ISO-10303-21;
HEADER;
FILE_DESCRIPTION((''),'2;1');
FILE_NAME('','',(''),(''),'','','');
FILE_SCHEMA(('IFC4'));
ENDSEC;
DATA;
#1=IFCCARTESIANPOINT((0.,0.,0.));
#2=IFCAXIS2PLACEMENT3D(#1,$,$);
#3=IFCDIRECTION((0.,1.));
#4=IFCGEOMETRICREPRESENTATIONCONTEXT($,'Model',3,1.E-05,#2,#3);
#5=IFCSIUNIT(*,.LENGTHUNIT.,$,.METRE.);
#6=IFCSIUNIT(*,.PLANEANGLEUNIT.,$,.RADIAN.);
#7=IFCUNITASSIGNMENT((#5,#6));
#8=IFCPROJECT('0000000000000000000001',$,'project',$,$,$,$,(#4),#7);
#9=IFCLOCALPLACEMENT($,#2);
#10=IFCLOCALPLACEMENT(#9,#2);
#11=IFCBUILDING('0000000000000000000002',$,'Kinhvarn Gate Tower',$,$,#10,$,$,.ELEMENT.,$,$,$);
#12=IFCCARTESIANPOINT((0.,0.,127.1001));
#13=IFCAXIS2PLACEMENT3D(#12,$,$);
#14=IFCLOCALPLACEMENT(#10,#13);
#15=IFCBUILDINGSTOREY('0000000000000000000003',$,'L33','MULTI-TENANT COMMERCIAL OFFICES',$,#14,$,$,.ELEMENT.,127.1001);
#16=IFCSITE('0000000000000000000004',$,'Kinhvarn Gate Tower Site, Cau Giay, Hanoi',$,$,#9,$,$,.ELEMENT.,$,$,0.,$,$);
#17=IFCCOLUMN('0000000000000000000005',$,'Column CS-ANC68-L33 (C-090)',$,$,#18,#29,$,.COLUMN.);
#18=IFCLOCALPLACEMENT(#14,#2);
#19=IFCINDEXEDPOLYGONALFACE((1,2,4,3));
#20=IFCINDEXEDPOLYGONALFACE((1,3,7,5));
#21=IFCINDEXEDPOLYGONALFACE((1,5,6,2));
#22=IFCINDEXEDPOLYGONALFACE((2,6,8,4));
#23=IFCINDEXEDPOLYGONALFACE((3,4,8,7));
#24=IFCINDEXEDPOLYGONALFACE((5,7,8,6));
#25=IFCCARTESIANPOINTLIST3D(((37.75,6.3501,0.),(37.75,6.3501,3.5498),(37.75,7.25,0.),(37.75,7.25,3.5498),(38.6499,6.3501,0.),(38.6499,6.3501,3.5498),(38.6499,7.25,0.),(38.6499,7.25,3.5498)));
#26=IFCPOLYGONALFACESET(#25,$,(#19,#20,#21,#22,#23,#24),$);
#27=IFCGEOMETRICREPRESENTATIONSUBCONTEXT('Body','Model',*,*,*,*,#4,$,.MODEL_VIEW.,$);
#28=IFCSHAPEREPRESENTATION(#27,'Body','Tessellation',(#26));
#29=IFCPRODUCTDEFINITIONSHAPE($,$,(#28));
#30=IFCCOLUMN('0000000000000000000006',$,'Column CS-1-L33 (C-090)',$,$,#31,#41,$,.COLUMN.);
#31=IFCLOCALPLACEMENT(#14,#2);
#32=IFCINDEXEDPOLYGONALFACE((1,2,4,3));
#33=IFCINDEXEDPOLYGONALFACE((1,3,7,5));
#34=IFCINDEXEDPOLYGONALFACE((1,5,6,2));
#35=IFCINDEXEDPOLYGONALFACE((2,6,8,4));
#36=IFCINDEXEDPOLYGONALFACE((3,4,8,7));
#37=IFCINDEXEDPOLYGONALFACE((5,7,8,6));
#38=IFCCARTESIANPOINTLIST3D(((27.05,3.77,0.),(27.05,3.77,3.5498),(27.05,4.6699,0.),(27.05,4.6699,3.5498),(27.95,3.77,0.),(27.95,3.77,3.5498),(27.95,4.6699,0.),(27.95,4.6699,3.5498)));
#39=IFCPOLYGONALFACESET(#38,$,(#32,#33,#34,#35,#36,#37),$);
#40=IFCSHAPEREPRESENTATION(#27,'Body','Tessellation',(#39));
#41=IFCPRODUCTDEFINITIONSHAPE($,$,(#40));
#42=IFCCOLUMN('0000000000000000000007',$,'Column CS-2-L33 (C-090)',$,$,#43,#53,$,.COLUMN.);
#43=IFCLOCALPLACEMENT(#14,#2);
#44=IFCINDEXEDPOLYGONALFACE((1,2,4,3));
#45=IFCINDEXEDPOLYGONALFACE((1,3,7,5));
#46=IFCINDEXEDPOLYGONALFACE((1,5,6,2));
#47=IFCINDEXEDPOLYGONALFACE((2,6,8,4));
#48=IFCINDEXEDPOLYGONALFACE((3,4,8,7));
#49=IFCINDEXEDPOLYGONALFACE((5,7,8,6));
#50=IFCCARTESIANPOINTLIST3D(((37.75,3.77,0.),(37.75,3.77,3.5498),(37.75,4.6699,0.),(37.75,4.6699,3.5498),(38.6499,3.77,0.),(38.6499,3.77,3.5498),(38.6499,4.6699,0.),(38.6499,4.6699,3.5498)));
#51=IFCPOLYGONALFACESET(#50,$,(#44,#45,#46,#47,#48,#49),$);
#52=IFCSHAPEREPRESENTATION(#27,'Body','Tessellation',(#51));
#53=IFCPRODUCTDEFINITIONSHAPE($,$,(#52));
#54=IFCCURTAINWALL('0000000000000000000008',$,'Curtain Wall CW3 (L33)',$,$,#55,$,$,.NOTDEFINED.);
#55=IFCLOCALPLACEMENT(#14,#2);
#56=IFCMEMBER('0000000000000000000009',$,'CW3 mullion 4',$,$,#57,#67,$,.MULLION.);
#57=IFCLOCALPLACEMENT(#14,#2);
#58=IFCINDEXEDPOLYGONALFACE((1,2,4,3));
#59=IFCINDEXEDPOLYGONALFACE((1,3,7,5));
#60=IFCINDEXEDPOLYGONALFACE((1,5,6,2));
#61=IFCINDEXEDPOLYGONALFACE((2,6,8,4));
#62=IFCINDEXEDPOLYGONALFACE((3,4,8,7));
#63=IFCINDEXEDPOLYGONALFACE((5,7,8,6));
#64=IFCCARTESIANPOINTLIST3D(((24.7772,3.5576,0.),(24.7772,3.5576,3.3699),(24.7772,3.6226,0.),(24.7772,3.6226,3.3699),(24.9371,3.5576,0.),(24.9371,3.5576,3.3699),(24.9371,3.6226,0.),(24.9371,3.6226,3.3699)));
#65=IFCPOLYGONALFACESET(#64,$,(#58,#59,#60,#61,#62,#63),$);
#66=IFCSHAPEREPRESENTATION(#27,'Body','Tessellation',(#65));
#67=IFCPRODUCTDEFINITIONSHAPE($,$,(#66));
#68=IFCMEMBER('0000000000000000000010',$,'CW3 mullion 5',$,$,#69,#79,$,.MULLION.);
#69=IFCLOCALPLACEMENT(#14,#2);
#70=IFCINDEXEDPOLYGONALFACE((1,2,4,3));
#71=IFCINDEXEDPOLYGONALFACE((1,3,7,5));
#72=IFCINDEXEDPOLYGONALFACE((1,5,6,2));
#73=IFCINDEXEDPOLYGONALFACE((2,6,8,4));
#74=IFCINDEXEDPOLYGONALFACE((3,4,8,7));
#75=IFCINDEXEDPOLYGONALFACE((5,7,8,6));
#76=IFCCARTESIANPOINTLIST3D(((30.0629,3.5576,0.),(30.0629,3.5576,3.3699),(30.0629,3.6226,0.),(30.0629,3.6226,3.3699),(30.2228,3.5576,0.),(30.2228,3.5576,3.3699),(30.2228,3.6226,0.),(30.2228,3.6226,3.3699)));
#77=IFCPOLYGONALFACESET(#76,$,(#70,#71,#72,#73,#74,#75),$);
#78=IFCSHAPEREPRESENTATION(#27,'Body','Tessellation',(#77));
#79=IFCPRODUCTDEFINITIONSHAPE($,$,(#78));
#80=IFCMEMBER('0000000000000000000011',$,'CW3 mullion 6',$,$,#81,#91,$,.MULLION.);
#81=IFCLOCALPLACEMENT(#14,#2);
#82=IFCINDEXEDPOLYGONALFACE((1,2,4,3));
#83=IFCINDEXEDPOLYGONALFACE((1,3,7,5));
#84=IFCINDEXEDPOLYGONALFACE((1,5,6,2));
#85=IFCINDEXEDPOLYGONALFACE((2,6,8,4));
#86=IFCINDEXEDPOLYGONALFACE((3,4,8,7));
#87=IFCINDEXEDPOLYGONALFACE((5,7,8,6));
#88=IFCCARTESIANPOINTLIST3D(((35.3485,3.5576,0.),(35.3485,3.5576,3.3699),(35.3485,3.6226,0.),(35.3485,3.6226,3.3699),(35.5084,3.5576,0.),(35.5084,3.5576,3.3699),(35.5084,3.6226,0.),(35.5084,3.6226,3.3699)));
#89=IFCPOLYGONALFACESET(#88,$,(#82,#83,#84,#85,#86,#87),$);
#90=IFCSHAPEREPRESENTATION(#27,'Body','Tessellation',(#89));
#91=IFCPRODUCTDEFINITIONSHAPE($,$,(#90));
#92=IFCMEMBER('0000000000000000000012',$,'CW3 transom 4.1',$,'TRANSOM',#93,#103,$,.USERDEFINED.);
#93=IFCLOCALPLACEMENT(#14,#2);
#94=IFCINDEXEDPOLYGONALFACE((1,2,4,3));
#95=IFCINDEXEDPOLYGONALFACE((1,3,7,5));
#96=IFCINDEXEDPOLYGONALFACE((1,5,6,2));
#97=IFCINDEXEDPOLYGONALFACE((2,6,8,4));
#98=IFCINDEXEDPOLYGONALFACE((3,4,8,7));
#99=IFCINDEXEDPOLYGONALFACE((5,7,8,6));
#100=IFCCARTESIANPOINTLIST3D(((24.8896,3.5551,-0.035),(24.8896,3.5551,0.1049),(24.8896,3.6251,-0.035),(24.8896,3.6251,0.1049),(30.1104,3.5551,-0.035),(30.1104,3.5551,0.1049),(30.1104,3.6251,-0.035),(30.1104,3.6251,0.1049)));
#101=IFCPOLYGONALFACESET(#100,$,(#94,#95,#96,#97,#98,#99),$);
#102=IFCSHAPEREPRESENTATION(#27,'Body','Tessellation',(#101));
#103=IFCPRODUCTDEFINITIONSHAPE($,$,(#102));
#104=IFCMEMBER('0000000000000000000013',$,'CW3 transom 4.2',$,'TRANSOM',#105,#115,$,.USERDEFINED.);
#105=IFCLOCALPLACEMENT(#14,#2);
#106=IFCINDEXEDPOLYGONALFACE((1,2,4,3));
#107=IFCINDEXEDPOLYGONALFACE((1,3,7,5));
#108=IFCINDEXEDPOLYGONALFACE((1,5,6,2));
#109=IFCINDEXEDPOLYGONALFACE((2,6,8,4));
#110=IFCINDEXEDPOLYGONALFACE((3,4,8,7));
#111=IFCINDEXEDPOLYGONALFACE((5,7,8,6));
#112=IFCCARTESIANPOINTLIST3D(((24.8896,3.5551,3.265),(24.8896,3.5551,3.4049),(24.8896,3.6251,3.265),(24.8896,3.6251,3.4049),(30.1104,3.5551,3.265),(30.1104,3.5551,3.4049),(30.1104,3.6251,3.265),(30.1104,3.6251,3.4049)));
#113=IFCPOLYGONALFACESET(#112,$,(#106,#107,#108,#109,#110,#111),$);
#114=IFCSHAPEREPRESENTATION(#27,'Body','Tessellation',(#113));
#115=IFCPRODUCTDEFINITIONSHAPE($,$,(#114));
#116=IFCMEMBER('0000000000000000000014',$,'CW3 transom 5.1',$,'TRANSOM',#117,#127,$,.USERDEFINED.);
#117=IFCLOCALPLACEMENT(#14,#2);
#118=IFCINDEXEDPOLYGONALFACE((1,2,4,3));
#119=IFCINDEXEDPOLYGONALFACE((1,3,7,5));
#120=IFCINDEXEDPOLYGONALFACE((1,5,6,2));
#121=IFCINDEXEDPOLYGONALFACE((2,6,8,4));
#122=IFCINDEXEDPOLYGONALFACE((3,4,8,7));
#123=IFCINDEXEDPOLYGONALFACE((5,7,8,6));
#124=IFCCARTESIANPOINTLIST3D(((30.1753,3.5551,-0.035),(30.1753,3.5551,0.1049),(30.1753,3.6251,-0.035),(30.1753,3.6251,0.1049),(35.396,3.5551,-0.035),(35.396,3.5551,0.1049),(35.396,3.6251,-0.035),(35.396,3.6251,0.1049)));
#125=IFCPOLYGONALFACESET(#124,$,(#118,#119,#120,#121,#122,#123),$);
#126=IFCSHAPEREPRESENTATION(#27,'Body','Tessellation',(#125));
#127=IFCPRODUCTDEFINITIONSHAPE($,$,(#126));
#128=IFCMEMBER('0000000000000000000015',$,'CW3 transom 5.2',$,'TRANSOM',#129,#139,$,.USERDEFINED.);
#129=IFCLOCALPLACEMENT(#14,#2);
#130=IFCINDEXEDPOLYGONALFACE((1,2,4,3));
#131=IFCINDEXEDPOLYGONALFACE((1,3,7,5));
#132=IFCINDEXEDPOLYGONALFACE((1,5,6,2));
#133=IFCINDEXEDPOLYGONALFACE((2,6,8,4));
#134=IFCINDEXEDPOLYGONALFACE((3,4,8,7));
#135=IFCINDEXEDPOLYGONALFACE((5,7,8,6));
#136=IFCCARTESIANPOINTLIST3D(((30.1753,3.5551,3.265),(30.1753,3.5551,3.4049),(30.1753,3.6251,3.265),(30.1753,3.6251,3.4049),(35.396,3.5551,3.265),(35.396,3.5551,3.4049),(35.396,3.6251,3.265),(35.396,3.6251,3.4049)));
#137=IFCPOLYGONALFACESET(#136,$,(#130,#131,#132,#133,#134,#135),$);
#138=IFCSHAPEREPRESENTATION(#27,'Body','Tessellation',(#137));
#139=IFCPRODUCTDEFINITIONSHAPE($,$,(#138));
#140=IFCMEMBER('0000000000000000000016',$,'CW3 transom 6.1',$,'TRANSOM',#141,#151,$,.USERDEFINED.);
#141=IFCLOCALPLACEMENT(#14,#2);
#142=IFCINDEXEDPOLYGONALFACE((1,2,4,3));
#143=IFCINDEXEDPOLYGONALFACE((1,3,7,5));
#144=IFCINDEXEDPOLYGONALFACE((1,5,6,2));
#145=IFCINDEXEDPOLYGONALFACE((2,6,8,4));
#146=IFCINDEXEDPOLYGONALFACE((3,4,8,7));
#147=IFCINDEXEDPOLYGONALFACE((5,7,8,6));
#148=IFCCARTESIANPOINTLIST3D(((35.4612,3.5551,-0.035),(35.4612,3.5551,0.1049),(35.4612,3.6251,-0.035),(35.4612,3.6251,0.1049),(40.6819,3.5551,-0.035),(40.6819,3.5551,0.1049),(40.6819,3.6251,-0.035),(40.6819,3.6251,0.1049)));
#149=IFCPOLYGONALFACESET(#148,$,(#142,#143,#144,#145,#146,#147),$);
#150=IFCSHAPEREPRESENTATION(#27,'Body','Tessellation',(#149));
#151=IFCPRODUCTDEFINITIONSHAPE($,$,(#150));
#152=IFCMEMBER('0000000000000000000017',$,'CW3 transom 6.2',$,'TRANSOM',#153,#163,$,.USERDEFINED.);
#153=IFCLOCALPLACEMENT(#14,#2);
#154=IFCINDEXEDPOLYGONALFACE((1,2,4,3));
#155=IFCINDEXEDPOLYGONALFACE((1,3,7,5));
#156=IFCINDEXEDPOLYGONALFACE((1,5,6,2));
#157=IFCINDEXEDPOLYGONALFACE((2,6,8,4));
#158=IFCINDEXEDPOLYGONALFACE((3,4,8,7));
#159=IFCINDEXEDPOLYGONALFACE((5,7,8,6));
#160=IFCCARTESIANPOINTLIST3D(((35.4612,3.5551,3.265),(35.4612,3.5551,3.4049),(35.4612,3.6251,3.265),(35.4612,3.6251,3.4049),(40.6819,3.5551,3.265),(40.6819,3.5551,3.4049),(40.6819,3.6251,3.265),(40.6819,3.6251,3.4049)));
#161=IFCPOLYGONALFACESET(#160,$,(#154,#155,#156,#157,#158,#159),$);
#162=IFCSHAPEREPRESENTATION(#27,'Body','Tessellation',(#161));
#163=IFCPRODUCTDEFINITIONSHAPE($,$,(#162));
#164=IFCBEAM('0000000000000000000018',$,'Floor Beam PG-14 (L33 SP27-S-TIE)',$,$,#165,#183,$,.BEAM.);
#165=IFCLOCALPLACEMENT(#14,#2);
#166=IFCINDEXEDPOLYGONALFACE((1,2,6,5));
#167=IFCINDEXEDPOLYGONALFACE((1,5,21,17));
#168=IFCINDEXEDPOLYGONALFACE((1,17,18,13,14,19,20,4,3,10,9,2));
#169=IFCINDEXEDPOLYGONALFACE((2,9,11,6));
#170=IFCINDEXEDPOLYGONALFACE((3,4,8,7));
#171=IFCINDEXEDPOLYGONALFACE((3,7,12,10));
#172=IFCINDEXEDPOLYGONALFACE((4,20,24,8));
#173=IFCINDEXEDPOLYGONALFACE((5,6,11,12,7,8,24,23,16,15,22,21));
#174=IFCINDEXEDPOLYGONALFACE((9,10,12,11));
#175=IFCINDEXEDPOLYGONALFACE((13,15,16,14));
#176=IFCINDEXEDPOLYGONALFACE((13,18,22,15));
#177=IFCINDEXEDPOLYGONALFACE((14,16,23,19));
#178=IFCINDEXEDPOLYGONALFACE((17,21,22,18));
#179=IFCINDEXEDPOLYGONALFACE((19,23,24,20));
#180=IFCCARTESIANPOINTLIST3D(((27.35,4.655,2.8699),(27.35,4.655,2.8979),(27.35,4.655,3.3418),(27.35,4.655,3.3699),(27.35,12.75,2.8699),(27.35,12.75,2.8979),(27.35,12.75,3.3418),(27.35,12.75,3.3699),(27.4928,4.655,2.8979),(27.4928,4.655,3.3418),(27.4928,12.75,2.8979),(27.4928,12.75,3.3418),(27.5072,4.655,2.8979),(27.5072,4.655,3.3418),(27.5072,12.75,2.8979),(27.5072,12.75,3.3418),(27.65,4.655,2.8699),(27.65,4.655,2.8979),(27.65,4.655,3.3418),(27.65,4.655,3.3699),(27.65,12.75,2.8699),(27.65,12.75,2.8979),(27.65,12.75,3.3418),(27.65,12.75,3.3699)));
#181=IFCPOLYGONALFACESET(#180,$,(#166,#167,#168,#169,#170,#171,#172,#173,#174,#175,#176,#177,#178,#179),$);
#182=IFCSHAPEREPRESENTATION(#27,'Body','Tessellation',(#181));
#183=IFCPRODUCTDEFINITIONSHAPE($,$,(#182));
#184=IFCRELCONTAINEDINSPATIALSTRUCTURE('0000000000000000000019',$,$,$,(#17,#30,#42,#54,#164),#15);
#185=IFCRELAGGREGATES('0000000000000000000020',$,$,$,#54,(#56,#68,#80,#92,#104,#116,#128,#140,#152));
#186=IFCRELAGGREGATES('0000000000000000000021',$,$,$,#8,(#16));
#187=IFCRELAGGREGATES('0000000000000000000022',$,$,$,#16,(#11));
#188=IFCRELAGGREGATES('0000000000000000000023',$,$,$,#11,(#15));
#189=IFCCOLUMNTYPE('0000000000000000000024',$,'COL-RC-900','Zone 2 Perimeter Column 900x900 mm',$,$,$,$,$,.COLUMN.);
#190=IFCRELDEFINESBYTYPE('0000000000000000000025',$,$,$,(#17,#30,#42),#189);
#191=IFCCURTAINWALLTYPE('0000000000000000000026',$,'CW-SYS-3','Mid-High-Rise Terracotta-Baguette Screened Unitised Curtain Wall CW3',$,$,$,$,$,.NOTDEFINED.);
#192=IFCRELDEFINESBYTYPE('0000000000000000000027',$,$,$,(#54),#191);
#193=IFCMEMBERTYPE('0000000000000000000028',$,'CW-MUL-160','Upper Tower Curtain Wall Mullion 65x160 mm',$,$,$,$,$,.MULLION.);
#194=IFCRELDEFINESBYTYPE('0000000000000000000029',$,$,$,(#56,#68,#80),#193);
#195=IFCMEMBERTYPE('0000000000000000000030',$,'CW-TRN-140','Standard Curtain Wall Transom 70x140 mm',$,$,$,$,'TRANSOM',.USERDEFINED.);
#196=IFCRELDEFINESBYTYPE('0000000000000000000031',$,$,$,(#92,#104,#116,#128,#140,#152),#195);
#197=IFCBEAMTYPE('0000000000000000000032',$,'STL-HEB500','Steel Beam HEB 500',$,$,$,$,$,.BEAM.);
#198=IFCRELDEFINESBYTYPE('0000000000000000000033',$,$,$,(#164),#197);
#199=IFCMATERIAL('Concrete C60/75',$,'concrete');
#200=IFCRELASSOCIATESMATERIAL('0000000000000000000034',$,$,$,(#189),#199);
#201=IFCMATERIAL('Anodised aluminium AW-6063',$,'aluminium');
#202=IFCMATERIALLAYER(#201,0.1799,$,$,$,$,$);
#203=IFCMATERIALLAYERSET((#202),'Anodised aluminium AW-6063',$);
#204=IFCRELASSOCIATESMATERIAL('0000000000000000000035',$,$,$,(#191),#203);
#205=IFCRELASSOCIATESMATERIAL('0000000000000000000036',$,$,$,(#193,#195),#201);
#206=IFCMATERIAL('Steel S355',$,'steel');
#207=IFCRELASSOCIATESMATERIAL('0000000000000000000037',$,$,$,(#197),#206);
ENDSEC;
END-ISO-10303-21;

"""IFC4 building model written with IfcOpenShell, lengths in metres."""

from ifc_helpers import new_model, si_unit, direction, frame, origin, origin_2d, place, context, subcontext, project, spatial, rectangle, i_section, extrude, material, layer, layer_set, material_profile, profile_set, type_object, element, aggregate, save


model = new_model("IFC4")

# Units and contexts
model_context = context("Model", 3, precision=1e-05, world=origin(), true_north=direction((0.0, 1.0)))
body_context = subcontext(model_context, "Body", "Model", "MODEL_VIEW")
ifc_project = project(units=[si_unit("LENGTHUNIT", "METRE"), si_unit("PLANEANGLEUNIT", "RADIAN")], contexts=[model_context])

# Site, building, storey
site_placement = place(None, origin())
site = spatial("IfcSite", under=ifc_project, at=site_placement, Name="Kinhvarn Gate Tower Site, Cau Giay, Hanoi", CompositionType="ELEMENT", RefElevation=0.0)
building_placement = place(site_placement, origin())
building = spatial("IfcBuilding", under=site, at=building_placement, Name="Kinhvarn Gate Tower", CompositionType="ELEMENT")
storey_placement = place(building_placement, frame((0.0, 0.0, 127.1001)))
storey = spatial("IfcBuildingStorey", under=building, at=storey_placement, Name="L33", Description="MULTI-TENANT COMMERCIAL OFFICES", CompositionType="ELEMENT", Elevation=127.1001)

# Columns
ifc_material_1 = material(Name="Concrete C60/75", Category="concrete")
ifc_material_profile_1 = material_profile(ifc_material_1, rectangle(XDim=0.8999, YDim=0.8999, at=origin_2d()), Name="RC 900x900")
ifc_profile_set_1 = profile_set([ifc_material_profile_1], Name="Concrete C60/75")
column_type = type_object("IfcColumnType", Name="COL-RC-900", Description="Zone 2 Perimeter Column 900x900 mm", PredefinedType="COLUMN", material=ifc_profile_set_1)
for number, where, z_axis, x_axis, name in (
    (1, (38.2, 6.8, 0.0), (0.0, 0.0, 1.0), (1.0, 0.0, 0.0), "Column CS-ANC68-L33 (C-090)"),
    (2, (27.5, 4.22, 0.0), (0.0, 0.0, 1.0), (1.0, 0.0, 0.0), "Column CS-1-L33 (C-090)"),
    (3, (38.2, 4.22, 0.0), (0.0, 0.0, 1.0), (1.0, 0.0, 0.0), "Column CS-2-L33 (C-090)"),
):
    element("IfcColumn", number, at=place(storey_placement, frame(where, z_axis=z_axis, x_axis=x_axis)), inside=storey, type_object=column_type, Name=name, PredefinedType="COLUMN", context=body_context, shape_type="SweptSolid", body=[
        extrude(rectangle(XDim=0.8999, YDim=0.8999, at=origin_2d()), origin(), (0.0, 0.0, 1.0), 3.5498),
    ])

# Curtain wall, members
ifc_material_2 = material(Name="Anodised aluminium AW-6063", Category="aluminium")
ifc_layer_1 = layer(ifc_material_2, 0.1799)
ifc_layer_set_1 = layer_set([ifc_layer_1], Name="Anodised aluminium AW-6063")
curtain_wall_type = type_object("IfcCurtainWallType", Name="CW-SYS-3", Description="Mid-High-Rise Terracotta-Baguette Screened Unitised Curtain Wall CW3", PredefinedType="NOTDEFINED", material=ifc_layer_set_1)
curtain_wall_placement = place(storey_placement, origin())
curtain_wall = element("IfcCurtainWall", 4, at=curtain_wall_placement, inside=storey, type_object=curtain_wall_type, Name="Curtain Wall CW3 (L33)", PredefinedType="NOTDEFINED")
ifc_material_profile_2 = material_profile(ifc_material_2, rectangle(XDim=0.0649, YDim=0.1599, at=origin_2d()), Name="ALU 65x160")
ifc_profile_set_2 = profile_set([ifc_material_profile_2], Name="Anodised aluminium AW-6063")
member_type_1 = type_object("IfcMemberType", Name="CW-MUL-160", Description="Upper Tower Curtain Wall Mullion 65x160 mm", PredefinedType="MULLION", material=ifc_profile_set_2)
member_1_placement = place(storey_placement, frame((24.8572, 3.5901, 0.0), z_axis=(0.0, 0.0, 1.0), x_axis=(0.0, 1.0, 0.0)))
member_1 = element("IfcMember", 5, at=member_1_placement, type_object=member_type_1, Name="CW3 mullion 4", PredefinedType="MULLION", context=body_context, shape_type="SweptSolid", body=[
    extrude(rectangle(XDim=0.0649, YDim=0.1599, at=origin_2d()), origin(), (0.0, 0.0, 1.0), 3.3699),
])
member_2_placement = place(storey_placement, frame((30.1428, 3.5901, 0.0), z_axis=(0.0, 0.0, 1.0), x_axis=(0.0, 1.0, 0.0)))
member_2 = element("IfcMember", 6, at=member_2_placement, type_object=member_type_1, Name="CW3 mullion 5", PredefinedType="MULLION", context=body_context, shape_type="SweptSolid", body=[
    extrude(rectangle(XDim=0.0649, YDim=0.1599, at=origin_2d()), origin(), (0.0, 0.0, 1.0), 3.3699),
])
member_3_placement = place(storey_placement, frame((35.4285, 3.5901, 0.0), z_axis=(0.0, 0.0, 1.0), x_axis=(0.0, 1.0, 0.0)))
member_3 = element("IfcMember", 7, at=member_3_placement, type_object=member_type_1, Name="CW3 mullion 6", PredefinedType="MULLION", context=body_context, shape_type="SweptSolid", body=[
    extrude(rectangle(XDim=0.0649, YDim=0.1599, at=origin_2d()), origin(), (0.0, 0.0, 1.0), 3.3699),
])
ifc_material_profile_3 = material_profile(ifc_material_2, rectangle(XDim=0.0701, YDim=0.1399, at=origin_2d()), Name="ALU 70x140")
ifc_profile_set_3 = profile_set([ifc_material_profile_3], Name="Anodised aluminium AW-6063")
member_type_2 = type_object("IfcMemberType", Name="CW-TRN-140", Description="Standard Curtain Wall Transom 70x140 mm", ElementType="TRANSOM", PredefinedType="USERDEFINED", material=ifc_profile_set_3)
member_4_placement = place(storey_placement, frame((24.8896, 3.5901, 0.0349), z_axis=(1.0, 0.0, 0.0), x_axis=(0.0, 1.0, 0.0)))
member_4 = element("IfcMember", 8, at=member_4_placement, type_object=member_type_2, Name="CW3 transom 4.1", ObjectType="TRANSOM", PredefinedType="USERDEFINED", context=body_context, shape_type="SweptSolid", body=[
    extrude(rectangle(XDim=0.0701, YDim=0.1399, at=origin_2d()), origin(), (0.0, 0.0, 1.0), 5.2207),
])
member_5_placement = place(storey_placement, frame((24.8896, 3.5901, 3.335), z_axis=(1.0, 0.0, 0.0), x_axis=(0.0, 1.0, 0.0)))
member_5 = element("IfcMember", 9, at=member_5_placement, type_object=member_type_2, Name="CW3 transom 4.2", ObjectType="TRANSOM", PredefinedType="USERDEFINED", context=body_context, shape_type="SweptSolid", body=[
    extrude(rectangle(XDim=0.0701, YDim=0.1399, at=origin_2d()), origin(), (0.0, 0.0, 1.0), 5.2207),
])
member_6_placement = place(storey_placement, frame((30.1753, 3.5901, 0.0349), z_axis=(1.0, 0.0, 0.0), x_axis=(0.0, 1.0, 0.0)))
member_6 = element("IfcMember", 10, at=member_6_placement, type_object=member_type_2, Name="CW3 transom 5.1", ObjectType="TRANSOM", PredefinedType="USERDEFINED", context=body_context, shape_type="SweptSolid", body=[
    extrude(rectangle(XDim=0.0701, YDim=0.1399, at=origin_2d()), origin(), (0.0, 0.0, 1.0), 5.2207),
])
member_7_placement = place(storey_placement, frame((30.1753, 3.5901, 3.335), z_axis=(1.0, 0.0, 0.0), x_axis=(0.0, 1.0, 0.0)))
member_7 = element("IfcMember", 11, at=member_7_placement, type_object=member_type_2, Name="CW3 transom 5.2", ObjectType="TRANSOM", PredefinedType="USERDEFINED", context=body_context, shape_type="SweptSolid", body=[
    extrude(rectangle(XDim=0.0701, YDim=0.1399, at=origin_2d()), origin(), (0.0, 0.0, 1.0), 5.2207),
])
member_8_placement = place(storey_placement, frame((35.4612, 3.5901, 0.0349), z_axis=(1.0, 0.0, 0.0), x_axis=(0.0, 1.0, 0.0)))
member_8 = element("IfcMember", 12, at=member_8_placement, type_object=member_type_2, Name="CW3 transom 6.1", ObjectType="TRANSOM", PredefinedType="USERDEFINED", context=body_context, shape_type="SweptSolid", body=[
    extrude(rectangle(XDim=0.0701, YDim=0.1399, at=origin_2d()), origin(), (0.0, 0.0, 1.0), 5.2207),
])
member_9_placement = place(storey_placement, frame((35.4612, 3.5901, 3.335), z_axis=(1.0, 0.0, 0.0), x_axis=(0.0, 1.0, 0.0)))
member_9 = element("IfcMember", 13, at=member_9_placement, type_object=member_type_2, Name="CW3 transom 6.2", ObjectType="TRANSOM", PredefinedType="USERDEFINED", context=body_context, shape_type="SweptSolid", body=[
    extrude(rectangle(XDim=0.0701, YDim=0.1399, at=origin_2d()), origin(), (0.0, 0.0, 1.0), 5.2207),
])

# Beam
ifc_material_3 = material(Name="Steel S355", Category="steel")
ifc_material_profile_4 = material_profile(ifc_material_3, i_section(OverallWidth=0.3, OverallDepth=0.5, WebThickness=0.0144, FlangeThickness=0.0281, at=origin_2d()), Name="HEB 500")
ifc_profile_set_4 = profile_set([ifc_material_profile_4], Name="Steel S355")
beam_type_1 = type_object("IfcBeamType", Name="STL-HEB500", Description="Steel Beam HEB 500", PredefinedType="BEAM", material=ifc_profile_set_4)
beam_1_placement = place(storey_placement, frame((27.5, 4.655, 3.1199), z_axis=(0.0, 1.0, 0.0), x_axis=(-1.0, 0.0, 0.0)))
element("IfcBeam", 14, at=beam_1_placement, inside=storey, type_object=beam_type_1, Name="Floor Beam PG-14 (L33 SP27-S-TIE)", PredefinedType="BEAM", context=body_context, shape_type="SweptSolid", body=[
    extrude(i_section(OverallWidth=0.3, OverallDepth=0.5, WebThickness=0.0144, FlangeThickness=0.0281, at=origin_2d()), origin(), (0.0, 0.0, 1.0), 8.095),
])

aggregate(curtain_wall, [member_1, member_2, member_3, member_4, member_5, member_6, member_7, member_8, member_9])

save(model, "model.ifc")
